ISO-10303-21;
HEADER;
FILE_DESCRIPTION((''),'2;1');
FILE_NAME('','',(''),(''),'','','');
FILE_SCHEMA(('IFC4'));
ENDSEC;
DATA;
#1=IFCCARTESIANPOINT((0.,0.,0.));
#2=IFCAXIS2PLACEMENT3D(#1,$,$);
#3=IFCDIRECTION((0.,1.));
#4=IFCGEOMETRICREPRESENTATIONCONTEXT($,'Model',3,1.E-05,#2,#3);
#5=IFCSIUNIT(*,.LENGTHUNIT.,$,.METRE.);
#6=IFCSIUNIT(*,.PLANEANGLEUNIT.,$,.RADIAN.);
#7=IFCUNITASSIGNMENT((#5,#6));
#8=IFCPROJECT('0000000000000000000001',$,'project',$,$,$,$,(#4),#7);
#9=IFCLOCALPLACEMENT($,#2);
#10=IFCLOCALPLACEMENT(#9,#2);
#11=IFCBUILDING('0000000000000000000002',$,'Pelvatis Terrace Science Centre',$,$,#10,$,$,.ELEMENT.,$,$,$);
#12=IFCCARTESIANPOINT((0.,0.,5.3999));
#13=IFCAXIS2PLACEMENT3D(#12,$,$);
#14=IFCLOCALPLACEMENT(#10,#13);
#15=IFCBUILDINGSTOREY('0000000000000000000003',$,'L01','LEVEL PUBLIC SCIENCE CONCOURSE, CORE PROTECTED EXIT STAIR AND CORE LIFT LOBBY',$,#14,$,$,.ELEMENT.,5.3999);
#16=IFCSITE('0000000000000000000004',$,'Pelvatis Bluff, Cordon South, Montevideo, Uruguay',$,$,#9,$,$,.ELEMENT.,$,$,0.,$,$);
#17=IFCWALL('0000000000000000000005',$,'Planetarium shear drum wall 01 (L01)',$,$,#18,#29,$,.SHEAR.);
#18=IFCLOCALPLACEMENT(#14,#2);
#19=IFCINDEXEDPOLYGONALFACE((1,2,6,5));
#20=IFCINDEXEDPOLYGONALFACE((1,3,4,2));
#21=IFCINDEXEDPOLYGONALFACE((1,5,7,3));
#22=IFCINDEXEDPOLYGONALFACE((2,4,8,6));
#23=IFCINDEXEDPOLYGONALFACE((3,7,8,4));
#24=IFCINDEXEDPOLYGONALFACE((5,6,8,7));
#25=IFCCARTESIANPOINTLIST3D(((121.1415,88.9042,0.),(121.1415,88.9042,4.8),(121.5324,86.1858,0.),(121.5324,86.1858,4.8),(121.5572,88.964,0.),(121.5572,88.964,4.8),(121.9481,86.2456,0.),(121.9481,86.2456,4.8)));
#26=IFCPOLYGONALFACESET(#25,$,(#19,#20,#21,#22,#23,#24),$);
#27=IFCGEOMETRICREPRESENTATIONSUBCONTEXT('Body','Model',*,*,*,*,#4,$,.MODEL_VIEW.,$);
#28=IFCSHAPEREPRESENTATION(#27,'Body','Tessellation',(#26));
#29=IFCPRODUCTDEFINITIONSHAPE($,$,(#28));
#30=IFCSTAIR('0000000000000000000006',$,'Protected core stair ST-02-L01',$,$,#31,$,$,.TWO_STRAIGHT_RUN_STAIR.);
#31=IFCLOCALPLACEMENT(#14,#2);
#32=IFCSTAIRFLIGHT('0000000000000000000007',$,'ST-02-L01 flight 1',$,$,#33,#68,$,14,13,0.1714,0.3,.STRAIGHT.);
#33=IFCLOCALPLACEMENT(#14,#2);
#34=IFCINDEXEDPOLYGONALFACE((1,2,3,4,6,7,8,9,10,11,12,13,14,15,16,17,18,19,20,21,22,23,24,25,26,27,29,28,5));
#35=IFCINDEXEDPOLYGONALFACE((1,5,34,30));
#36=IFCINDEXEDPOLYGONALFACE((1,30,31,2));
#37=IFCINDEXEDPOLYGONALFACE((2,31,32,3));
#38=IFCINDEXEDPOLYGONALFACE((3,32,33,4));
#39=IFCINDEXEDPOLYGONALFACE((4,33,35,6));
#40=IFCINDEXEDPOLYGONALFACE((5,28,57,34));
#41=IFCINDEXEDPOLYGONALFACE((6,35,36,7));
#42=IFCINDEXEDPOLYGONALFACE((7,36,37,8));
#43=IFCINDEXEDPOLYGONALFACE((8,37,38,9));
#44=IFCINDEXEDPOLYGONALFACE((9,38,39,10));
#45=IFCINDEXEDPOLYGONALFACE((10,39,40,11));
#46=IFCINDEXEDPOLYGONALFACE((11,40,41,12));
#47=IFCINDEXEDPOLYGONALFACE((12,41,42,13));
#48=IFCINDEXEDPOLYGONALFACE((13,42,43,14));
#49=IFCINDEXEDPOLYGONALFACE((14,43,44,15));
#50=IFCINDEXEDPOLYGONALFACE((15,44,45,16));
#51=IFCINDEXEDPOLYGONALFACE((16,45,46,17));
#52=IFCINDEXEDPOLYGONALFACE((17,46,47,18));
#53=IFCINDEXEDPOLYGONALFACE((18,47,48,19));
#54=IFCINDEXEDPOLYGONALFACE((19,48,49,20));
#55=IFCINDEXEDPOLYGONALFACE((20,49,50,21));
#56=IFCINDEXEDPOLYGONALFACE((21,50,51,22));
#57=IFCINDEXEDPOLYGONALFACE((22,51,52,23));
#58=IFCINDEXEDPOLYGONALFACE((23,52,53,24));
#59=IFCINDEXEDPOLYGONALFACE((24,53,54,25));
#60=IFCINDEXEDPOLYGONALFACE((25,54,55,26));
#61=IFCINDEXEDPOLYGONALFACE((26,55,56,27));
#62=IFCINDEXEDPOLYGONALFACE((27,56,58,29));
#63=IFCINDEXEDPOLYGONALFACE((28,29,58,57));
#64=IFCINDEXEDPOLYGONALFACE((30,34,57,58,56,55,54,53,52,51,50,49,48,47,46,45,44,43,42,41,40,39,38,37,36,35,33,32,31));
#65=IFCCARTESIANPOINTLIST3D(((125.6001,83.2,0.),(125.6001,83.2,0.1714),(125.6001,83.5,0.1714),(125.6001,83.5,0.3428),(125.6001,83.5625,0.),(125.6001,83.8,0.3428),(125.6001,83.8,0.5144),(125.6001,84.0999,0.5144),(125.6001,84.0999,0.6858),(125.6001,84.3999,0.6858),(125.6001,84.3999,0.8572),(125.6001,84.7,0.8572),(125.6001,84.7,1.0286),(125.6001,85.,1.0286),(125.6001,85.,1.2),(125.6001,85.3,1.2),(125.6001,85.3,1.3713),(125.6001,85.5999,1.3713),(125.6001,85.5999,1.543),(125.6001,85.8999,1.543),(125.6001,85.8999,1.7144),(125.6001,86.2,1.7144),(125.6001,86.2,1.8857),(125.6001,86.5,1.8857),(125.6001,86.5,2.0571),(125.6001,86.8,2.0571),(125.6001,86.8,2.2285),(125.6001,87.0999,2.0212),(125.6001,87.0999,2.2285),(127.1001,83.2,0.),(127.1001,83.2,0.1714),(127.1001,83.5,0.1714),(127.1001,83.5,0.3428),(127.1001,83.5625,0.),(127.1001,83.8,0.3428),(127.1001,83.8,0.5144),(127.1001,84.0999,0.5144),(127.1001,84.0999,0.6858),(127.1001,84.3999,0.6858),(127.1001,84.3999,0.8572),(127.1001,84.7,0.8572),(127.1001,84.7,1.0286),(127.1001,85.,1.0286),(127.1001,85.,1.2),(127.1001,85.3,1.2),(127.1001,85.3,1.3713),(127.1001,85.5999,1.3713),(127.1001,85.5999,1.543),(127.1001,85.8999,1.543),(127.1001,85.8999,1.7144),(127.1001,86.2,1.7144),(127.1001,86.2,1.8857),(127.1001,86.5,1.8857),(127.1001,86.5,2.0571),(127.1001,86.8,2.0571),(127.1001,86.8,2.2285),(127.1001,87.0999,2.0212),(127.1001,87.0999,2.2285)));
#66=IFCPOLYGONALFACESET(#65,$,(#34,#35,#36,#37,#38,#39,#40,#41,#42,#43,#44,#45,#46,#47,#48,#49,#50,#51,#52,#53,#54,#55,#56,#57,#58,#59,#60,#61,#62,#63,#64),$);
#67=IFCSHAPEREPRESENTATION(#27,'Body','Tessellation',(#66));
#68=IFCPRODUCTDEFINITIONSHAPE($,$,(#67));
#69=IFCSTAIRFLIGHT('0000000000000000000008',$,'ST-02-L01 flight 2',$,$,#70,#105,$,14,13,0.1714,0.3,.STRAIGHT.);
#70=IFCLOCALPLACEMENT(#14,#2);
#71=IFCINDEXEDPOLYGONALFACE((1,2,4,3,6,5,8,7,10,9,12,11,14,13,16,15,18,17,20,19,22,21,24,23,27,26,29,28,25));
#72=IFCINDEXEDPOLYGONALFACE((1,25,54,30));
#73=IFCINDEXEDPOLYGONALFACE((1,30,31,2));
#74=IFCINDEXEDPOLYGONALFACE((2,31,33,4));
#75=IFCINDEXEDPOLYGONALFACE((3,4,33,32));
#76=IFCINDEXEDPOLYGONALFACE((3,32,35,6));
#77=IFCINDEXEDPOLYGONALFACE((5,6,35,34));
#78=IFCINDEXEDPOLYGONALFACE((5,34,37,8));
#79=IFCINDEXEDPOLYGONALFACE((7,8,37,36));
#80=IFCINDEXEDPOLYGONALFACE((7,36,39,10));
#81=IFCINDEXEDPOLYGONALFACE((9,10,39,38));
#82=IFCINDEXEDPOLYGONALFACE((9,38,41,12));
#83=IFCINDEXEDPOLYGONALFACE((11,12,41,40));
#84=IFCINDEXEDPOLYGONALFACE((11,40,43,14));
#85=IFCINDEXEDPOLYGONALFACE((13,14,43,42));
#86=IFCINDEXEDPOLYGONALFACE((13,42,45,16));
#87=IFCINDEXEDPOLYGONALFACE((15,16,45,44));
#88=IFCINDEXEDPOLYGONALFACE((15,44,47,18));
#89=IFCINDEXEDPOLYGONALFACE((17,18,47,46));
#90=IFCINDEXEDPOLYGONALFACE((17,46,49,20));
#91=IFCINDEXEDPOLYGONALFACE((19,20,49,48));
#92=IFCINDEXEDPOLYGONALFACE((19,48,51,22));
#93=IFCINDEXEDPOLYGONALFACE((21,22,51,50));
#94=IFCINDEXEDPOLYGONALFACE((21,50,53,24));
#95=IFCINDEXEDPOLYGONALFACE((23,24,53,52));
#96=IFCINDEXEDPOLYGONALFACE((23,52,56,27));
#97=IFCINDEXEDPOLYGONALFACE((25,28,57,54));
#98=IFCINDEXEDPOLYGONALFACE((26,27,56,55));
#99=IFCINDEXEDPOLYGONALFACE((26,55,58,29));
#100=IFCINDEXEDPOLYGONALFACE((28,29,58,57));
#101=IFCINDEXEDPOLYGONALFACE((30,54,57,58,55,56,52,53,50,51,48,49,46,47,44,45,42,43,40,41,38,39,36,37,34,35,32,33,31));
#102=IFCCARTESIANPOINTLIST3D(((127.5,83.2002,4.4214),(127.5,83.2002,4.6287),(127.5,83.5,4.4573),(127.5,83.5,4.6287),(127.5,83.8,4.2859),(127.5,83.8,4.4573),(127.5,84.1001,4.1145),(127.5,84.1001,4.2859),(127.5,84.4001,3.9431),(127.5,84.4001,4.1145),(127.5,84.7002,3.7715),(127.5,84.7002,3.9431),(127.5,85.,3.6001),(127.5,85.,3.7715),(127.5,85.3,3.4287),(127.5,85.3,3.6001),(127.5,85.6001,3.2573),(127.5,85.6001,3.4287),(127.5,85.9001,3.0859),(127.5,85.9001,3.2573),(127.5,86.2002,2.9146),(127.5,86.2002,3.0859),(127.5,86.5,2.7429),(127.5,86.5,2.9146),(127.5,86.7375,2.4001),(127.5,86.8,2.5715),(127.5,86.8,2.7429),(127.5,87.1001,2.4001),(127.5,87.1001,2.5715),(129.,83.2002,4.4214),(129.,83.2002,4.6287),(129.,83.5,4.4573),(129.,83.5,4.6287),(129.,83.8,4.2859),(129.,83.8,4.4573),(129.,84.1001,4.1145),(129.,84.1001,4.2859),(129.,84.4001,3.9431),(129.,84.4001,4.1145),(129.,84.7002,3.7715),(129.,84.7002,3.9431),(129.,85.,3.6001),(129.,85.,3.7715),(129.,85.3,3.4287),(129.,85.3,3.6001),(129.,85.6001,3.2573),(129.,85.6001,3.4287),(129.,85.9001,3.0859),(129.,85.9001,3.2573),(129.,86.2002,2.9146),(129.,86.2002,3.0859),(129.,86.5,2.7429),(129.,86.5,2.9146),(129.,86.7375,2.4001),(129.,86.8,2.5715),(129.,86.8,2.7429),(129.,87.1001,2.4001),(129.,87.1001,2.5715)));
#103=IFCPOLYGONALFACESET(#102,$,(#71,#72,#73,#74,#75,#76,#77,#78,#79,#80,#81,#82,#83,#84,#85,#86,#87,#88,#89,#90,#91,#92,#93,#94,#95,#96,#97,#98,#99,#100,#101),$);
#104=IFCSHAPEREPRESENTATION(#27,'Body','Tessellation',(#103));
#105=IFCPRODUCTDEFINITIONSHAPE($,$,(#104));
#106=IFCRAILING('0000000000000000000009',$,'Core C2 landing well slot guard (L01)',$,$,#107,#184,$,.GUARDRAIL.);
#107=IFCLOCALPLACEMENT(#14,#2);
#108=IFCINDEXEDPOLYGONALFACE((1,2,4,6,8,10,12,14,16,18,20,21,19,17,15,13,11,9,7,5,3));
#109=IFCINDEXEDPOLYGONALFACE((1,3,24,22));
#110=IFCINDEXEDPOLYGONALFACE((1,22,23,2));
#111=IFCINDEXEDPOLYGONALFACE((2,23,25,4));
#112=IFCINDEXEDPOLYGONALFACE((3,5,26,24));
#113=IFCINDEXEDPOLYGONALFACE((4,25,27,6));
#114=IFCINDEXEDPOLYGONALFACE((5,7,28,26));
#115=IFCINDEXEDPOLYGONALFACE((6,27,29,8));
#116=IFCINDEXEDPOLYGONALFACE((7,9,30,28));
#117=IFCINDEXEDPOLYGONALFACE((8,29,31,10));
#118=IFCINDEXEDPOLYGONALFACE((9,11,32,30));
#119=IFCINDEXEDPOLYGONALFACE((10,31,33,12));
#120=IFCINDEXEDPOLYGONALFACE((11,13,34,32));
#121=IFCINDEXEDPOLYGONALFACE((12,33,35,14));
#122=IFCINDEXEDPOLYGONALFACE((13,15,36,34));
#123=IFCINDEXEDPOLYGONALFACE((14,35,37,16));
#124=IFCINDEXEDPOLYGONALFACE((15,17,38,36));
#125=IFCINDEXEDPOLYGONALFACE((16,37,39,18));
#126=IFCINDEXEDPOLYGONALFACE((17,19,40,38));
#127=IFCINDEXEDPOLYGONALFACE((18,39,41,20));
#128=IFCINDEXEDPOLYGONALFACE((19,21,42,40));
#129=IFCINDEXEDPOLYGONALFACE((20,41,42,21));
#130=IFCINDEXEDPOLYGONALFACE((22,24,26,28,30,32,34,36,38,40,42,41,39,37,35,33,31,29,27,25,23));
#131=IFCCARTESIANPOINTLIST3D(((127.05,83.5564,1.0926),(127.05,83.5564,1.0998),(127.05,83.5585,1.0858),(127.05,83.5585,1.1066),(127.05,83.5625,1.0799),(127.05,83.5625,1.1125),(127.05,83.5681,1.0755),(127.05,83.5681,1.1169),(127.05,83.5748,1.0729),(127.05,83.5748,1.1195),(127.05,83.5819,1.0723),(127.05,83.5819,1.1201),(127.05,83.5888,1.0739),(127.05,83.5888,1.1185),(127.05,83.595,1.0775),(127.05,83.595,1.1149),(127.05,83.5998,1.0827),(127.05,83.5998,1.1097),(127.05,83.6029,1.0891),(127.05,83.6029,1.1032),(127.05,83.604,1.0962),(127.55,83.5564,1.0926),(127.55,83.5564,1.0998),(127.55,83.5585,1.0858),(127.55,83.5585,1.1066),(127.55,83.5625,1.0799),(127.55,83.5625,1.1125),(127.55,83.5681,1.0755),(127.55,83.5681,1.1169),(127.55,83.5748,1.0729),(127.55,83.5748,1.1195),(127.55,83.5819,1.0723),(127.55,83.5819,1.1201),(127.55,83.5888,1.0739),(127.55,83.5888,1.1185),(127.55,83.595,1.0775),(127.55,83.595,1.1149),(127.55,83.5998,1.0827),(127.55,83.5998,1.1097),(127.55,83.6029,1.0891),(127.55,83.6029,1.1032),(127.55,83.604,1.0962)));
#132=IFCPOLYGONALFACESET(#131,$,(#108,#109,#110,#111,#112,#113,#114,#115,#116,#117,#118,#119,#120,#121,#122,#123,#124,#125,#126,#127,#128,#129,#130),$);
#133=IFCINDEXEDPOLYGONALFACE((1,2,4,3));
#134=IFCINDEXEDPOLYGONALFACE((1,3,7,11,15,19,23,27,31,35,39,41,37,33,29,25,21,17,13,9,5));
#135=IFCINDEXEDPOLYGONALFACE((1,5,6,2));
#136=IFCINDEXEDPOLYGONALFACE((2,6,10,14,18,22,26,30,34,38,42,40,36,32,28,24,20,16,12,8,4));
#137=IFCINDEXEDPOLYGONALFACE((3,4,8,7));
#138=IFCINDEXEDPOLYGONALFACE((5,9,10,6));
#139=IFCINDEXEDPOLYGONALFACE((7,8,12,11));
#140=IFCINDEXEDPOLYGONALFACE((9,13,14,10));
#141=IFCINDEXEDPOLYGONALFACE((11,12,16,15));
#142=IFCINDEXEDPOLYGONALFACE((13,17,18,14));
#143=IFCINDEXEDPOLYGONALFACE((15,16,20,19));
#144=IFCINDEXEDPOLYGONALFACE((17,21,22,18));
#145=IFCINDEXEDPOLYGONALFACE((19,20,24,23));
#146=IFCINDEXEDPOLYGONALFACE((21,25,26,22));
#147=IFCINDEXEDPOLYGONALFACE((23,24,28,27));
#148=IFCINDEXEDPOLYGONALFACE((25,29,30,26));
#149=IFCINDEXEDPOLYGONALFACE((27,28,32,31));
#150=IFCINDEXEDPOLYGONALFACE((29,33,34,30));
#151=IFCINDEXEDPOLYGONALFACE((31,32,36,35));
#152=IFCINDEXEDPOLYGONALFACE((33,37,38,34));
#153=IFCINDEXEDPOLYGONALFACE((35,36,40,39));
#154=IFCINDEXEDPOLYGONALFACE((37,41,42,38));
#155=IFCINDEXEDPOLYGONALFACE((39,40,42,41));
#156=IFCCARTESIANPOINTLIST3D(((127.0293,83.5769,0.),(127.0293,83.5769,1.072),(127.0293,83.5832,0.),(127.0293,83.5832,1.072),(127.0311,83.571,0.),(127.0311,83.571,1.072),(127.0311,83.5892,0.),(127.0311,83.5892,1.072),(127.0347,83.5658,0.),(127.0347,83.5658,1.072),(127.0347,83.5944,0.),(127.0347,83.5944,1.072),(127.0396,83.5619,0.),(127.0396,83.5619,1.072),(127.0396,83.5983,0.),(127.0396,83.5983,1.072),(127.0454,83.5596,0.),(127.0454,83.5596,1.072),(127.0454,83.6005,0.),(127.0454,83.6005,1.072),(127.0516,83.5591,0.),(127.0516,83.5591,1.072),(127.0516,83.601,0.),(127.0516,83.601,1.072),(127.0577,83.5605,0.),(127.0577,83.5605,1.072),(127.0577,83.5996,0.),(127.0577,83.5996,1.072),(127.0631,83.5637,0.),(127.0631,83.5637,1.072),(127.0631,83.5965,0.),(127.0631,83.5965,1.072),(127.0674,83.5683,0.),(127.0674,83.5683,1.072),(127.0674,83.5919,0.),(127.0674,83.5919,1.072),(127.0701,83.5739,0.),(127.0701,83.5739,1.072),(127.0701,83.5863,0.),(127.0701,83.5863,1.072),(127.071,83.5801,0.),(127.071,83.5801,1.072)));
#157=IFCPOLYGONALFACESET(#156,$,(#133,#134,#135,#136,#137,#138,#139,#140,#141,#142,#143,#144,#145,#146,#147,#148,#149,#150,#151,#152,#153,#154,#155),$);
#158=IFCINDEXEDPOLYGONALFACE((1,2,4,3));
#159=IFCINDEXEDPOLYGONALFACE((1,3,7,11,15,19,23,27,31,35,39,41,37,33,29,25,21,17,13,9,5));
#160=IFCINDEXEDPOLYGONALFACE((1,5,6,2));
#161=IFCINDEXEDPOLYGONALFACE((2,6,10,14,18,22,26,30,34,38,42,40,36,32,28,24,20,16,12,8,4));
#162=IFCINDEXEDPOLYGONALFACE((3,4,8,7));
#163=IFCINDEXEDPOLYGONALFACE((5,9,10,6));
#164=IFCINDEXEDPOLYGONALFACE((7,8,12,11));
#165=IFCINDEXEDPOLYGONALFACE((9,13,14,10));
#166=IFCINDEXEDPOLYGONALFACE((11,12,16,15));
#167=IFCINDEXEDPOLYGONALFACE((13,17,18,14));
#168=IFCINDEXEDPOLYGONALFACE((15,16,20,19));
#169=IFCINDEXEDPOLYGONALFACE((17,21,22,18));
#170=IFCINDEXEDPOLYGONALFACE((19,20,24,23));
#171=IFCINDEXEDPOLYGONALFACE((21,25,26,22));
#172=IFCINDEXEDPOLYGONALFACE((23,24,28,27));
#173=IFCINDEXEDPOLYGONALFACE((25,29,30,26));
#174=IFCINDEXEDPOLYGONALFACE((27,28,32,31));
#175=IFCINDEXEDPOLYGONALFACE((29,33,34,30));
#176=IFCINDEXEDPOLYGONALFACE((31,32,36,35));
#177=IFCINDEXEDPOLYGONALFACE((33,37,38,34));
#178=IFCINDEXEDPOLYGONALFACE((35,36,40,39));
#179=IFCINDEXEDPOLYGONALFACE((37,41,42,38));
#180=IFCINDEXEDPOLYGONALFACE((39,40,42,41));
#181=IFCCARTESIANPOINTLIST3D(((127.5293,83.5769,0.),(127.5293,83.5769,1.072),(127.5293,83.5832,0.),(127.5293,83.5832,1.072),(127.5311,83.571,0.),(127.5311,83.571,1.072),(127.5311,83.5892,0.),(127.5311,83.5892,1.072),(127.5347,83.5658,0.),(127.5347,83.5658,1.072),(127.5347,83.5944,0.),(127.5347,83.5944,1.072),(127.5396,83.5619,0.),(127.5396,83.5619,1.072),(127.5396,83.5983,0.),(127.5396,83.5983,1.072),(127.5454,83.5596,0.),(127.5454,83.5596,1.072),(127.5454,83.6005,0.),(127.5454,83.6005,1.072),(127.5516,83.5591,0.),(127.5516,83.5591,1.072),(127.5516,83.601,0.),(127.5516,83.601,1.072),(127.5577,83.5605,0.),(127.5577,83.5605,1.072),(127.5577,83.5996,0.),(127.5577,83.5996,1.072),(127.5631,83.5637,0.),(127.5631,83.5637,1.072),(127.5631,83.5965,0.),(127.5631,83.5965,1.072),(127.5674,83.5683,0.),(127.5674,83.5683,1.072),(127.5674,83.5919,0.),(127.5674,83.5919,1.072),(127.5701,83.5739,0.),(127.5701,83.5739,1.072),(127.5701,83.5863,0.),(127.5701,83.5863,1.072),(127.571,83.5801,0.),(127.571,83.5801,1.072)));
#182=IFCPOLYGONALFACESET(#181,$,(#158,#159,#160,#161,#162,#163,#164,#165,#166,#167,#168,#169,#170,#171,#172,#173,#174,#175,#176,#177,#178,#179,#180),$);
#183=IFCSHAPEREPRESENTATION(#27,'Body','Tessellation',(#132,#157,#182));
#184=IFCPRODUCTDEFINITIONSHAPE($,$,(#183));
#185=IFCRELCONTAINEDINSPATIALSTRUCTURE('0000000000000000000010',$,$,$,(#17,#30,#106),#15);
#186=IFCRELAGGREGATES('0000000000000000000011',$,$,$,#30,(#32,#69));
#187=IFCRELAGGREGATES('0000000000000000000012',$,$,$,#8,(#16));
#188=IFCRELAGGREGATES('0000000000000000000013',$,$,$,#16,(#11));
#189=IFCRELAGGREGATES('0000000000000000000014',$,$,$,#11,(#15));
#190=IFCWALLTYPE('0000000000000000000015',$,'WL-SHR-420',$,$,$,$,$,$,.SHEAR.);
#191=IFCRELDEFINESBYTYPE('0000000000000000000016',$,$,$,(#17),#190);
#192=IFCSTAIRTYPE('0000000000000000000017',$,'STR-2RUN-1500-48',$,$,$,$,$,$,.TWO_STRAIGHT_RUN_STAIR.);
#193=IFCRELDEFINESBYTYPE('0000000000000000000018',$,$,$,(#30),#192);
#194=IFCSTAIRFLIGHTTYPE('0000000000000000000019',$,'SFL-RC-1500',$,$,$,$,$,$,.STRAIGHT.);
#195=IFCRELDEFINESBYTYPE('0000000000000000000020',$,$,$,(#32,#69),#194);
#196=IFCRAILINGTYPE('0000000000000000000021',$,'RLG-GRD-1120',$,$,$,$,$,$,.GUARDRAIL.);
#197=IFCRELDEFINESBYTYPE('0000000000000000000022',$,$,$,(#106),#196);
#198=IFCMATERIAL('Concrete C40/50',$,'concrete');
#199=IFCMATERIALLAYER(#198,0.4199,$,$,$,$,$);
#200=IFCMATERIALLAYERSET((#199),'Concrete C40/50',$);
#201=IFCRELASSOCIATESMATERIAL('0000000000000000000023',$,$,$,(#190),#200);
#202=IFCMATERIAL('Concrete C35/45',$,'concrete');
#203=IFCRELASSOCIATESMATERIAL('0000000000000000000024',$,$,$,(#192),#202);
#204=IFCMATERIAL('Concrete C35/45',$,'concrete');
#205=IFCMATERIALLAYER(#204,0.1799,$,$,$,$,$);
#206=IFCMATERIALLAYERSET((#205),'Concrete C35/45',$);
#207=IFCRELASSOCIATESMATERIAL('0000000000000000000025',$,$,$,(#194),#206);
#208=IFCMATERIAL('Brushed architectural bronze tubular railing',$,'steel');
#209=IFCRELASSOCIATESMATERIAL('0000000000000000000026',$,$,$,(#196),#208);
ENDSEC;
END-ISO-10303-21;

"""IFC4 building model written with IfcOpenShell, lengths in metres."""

from ifc_helpers import new_model, si_unit, direction, frame, frame_2d, origin, origin_2d, place, context, subcontext, project, spatial, polyline, rectangle, circle, outline, extrude, material, layer, layer_set, type_object, element, aggregate, save


model = new_model("IFC4")

# Units and contexts
model_context = context("Model", 3, precision=1e-05, world=origin(), true_north=direction((0.0, 1.0)))
body_context = subcontext(model_context, "Body", "Model", "MODEL_VIEW")
ifc_project = project(units=[si_unit("LENGTHUNIT", "METRE"), si_unit("PLANEANGLEUNIT", "RADIAN")], contexts=[model_context])

# Site, building, storey
site_placement = place(None, origin())
site = spatial("IfcSite", under=ifc_project, at=site_placement, Name="Pelvatis Bluff, Cordon South, Montevideo, Uruguay", CompositionType="ELEMENT", RefElevation=0.0)
building_placement = place(site_placement, origin())
building = spatial("IfcBuilding", under=site, at=building_placement, Name="Pelvatis Terrace Science Centre", CompositionType="ELEMENT")
storey_placement = place(building_placement, frame((0.0, 0.0, 5.3999)))
storey = spatial("IfcBuildingStorey", under=building, at=storey_placement, Name="L01", Description="LEVEL PUBLIC SCIENCE CONCOURSE, CORE PROTECTED EXIT STAIR AND CORE LIFT LOBBY", CompositionType="ELEMENT", Elevation=5.3999)

# Wall
ifc_material_1 = material(Name="Concrete C40/50", Category="concrete")
ifc_layer_1 = layer(ifc_material_1, 0.4199)
ifc_layer_set_1 = layer_set([ifc_layer_1], Name="Concrete C40/50")
wall_type_1 = type_object("IfcWallType", Name="WL-SHR-420", PredefinedType="SHEAR", material=ifc_layer_set_1)
wall_1_placement = place(storey_placement, frame((121.7402, 86.2158, 0.0), z_axis=(0.0, 0.0, 1.0), x_axis=(-0.14233, 0.989819, 0.0)))
element("IfcWall", 1, at=wall_1_placement, inside=storey, type_object=wall_type_1, Name="Planetarium shear drum wall 01 (L01)", PredefinedType="SHEAR", context=body_context, shape_type="SweptSolid", body=[
    extrude(rectangle(XDim=2.7463, YDim=0.4199, at=frame_2d((1.373, 0.0))), origin(), (0.0, 0.0, 1.0), 4.8),
])

# Stair, stair flights
ifc_material_2 = material(Name="Concrete C35/45", Category="concrete")
stair_type = type_object("IfcStairType", Name="STR-2RUN-1500-48", PredefinedType="TWO_STRAIGHT_RUN_STAIR", material=ifc_material_2)
stair_placement = place(storey_placement, origin())
stair = element("IfcStair", 2, at=stair_placement, inside=storey, type_object=stair_type, Name="Protected core stair ST-02-L01", PredefinedType="TWO_STRAIGHT_RUN_STAIR")
ifc_material_3 = material(Name="Concrete C35/45", Category="concrete")
ifc_layer_2 = layer(ifc_material_3, 0.1799)
ifc_layer_set_2 = layer_set([ifc_layer_2], Name="Concrete C35/45")
stair_flight_type = type_object("IfcStairFlightType", Name="SFL-RC-1500", PredefinedType="STRAIGHT", material=ifc_layer_set_2)
stair_flight_1_placement = place(storey_placement, frame((126.3501, 83.2, 0.0), z_axis=(0.0, 0.0, 1.0), x_axis=(0.0, 1.0, 0.0)))
stair_flight_1 = element("IfcStairFlight", 3, at=stair_flight_1_placement, type_object=stair_flight_type, Name="ST-02-L01 flight 1", NumberOfRisers=14, NumberOfTreads=13, PredefinedType="STRAIGHT", RiserHeight=0.1714, TreadLength=0.3, context=body_context, shape_type="SweptSolid", body=[
    extrude(outline(polyline([(0.0, 0.0), (0.0, 0.1714), (0.3, 0.1714), (0.3, 0.3428), (0.6001, 0.3428), (0.6001, 0.5144), (0.8999, 0.5144), (0.8999, 0.6858), (1.2, 0.6858), (1.2, 0.8572), (1.5, 0.8572), (1.5, 1.0286), (1.8, 1.0286), (1.8, 1.2), (2.1001, 1.2), (2.1001, 1.3713), (2.3999, 1.3713), (2.3999, 1.543), (2.7, 1.543), (2.7, 1.7144), (3.0, 1.7144), (3.0, 1.8857), (3.3, 1.8857), (3.3, 2.0571), (3.6001, 2.0571), (3.6001, 2.2285), (3.8999, 2.2285), (3.8999, 2.3999), (3.8999, 2.0212), (0.3625, 0.0), (0.0, 0.0)])), frame((0.0, 0.75, 0.0), z_axis=(0.0, -1.0, 0.0), x_axis=(1.0, 0.0, 0.0)), (0.0, 0.0, 1.0), 1.5),
])
stair_flight_2_placement = place(storey_placement, frame((128.25, 87.1001, 2.4001), z_axis=(0.0, 0.0, 1.0), x_axis=(0.0, -1.0, 0.0)))
stair_flight_2 = element("IfcStairFlight", 4, at=stair_flight_2_placement, type_object=stair_flight_type, Name="ST-02-L01 flight 2", NumberOfRisers=14, NumberOfTreads=13, PredefinedType="STRAIGHT", RiserHeight=0.1714, TreadLength=0.3, context=body_context, shape_type="SweptSolid", body=[
    extrude(outline(polyline([(0.0, 0.0), (0.0, 0.1714), (0.3, 0.1714), (0.3, 0.3428), (0.6001, 0.3428), (0.6001, 0.5144), (0.8999, 0.5144), (0.8999, 0.6858), (1.2, 0.6858), (1.2, 0.8572), (1.5, 0.8572), (1.5, 1.0286), (1.8, 1.0286), (1.8, 1.2), (2.1001, 1.2), (2.1001, 1.3713), (2.3999, 1.3713), (2.3999, 1.543), (2.7, 1.543), (2.7, 1.7144), (3.0, 1.7144), (3.0, 1.8857), (3.3, 1.8857), (3.3, 2.0571), (3.6001, 2.0571), (3.6001, 2.2285), (3.8999, 2.2285), (3.8999, 2.3999), (3.8999, 2.0212), (0.3625, 0.0), (0.0, 0.0)])), frame((0.0, 0.75, 0.0), z_axis=(0.0, -1.0, 0.0), x_axis=(1.0, 0.0, 0.0)), (0.0, 0.0, 1.0), 1.5),
])
aggregate(stair, [stair_flight_1, stair_flight_2])

# Railing
ifc_material_4 = material(Name="Brushed architectural bronze tubular railing", Category="steel")
railing_type_1 = type_object("IfcRailingType", Name="RLG-GRD-1120", PredefinedType="GUARDRAIL", material=ifc_material_4)
railing_1_placement = place(storey_placement, frame((127.05, 83.5801, 0.0)))
element("IfcRailing", 5, at=railing_1_placement, inside=storey, type_object=railing_type_1, Name="Core C2 landing well slot guard (L01)", PredefinedType="GUARDRAIL", context=body_context, shape_type="SweptSolid", body=[
    extrude(circle(Radius=0.0239, at=origin_2d()), frame((0.0, 0.0, 1.0962), z_axis=(1.0, 0.0, 0.0), x_axis=(0.0, 1.0, 0.0)), (0.0, 0.0, 1.0), 0.5),
    extrude(circle(Radius=0.021, at=origin_2d()), origin(), (0.0, 0.0, 1.0), 1.072),
    extrude(circle(Radius=0.021, at=origin_2d()), frame((0.5, 0.0, 0.0)), (0.0, 0.0, 1.0), 1.072),
])

save(model, "model.ifc")
